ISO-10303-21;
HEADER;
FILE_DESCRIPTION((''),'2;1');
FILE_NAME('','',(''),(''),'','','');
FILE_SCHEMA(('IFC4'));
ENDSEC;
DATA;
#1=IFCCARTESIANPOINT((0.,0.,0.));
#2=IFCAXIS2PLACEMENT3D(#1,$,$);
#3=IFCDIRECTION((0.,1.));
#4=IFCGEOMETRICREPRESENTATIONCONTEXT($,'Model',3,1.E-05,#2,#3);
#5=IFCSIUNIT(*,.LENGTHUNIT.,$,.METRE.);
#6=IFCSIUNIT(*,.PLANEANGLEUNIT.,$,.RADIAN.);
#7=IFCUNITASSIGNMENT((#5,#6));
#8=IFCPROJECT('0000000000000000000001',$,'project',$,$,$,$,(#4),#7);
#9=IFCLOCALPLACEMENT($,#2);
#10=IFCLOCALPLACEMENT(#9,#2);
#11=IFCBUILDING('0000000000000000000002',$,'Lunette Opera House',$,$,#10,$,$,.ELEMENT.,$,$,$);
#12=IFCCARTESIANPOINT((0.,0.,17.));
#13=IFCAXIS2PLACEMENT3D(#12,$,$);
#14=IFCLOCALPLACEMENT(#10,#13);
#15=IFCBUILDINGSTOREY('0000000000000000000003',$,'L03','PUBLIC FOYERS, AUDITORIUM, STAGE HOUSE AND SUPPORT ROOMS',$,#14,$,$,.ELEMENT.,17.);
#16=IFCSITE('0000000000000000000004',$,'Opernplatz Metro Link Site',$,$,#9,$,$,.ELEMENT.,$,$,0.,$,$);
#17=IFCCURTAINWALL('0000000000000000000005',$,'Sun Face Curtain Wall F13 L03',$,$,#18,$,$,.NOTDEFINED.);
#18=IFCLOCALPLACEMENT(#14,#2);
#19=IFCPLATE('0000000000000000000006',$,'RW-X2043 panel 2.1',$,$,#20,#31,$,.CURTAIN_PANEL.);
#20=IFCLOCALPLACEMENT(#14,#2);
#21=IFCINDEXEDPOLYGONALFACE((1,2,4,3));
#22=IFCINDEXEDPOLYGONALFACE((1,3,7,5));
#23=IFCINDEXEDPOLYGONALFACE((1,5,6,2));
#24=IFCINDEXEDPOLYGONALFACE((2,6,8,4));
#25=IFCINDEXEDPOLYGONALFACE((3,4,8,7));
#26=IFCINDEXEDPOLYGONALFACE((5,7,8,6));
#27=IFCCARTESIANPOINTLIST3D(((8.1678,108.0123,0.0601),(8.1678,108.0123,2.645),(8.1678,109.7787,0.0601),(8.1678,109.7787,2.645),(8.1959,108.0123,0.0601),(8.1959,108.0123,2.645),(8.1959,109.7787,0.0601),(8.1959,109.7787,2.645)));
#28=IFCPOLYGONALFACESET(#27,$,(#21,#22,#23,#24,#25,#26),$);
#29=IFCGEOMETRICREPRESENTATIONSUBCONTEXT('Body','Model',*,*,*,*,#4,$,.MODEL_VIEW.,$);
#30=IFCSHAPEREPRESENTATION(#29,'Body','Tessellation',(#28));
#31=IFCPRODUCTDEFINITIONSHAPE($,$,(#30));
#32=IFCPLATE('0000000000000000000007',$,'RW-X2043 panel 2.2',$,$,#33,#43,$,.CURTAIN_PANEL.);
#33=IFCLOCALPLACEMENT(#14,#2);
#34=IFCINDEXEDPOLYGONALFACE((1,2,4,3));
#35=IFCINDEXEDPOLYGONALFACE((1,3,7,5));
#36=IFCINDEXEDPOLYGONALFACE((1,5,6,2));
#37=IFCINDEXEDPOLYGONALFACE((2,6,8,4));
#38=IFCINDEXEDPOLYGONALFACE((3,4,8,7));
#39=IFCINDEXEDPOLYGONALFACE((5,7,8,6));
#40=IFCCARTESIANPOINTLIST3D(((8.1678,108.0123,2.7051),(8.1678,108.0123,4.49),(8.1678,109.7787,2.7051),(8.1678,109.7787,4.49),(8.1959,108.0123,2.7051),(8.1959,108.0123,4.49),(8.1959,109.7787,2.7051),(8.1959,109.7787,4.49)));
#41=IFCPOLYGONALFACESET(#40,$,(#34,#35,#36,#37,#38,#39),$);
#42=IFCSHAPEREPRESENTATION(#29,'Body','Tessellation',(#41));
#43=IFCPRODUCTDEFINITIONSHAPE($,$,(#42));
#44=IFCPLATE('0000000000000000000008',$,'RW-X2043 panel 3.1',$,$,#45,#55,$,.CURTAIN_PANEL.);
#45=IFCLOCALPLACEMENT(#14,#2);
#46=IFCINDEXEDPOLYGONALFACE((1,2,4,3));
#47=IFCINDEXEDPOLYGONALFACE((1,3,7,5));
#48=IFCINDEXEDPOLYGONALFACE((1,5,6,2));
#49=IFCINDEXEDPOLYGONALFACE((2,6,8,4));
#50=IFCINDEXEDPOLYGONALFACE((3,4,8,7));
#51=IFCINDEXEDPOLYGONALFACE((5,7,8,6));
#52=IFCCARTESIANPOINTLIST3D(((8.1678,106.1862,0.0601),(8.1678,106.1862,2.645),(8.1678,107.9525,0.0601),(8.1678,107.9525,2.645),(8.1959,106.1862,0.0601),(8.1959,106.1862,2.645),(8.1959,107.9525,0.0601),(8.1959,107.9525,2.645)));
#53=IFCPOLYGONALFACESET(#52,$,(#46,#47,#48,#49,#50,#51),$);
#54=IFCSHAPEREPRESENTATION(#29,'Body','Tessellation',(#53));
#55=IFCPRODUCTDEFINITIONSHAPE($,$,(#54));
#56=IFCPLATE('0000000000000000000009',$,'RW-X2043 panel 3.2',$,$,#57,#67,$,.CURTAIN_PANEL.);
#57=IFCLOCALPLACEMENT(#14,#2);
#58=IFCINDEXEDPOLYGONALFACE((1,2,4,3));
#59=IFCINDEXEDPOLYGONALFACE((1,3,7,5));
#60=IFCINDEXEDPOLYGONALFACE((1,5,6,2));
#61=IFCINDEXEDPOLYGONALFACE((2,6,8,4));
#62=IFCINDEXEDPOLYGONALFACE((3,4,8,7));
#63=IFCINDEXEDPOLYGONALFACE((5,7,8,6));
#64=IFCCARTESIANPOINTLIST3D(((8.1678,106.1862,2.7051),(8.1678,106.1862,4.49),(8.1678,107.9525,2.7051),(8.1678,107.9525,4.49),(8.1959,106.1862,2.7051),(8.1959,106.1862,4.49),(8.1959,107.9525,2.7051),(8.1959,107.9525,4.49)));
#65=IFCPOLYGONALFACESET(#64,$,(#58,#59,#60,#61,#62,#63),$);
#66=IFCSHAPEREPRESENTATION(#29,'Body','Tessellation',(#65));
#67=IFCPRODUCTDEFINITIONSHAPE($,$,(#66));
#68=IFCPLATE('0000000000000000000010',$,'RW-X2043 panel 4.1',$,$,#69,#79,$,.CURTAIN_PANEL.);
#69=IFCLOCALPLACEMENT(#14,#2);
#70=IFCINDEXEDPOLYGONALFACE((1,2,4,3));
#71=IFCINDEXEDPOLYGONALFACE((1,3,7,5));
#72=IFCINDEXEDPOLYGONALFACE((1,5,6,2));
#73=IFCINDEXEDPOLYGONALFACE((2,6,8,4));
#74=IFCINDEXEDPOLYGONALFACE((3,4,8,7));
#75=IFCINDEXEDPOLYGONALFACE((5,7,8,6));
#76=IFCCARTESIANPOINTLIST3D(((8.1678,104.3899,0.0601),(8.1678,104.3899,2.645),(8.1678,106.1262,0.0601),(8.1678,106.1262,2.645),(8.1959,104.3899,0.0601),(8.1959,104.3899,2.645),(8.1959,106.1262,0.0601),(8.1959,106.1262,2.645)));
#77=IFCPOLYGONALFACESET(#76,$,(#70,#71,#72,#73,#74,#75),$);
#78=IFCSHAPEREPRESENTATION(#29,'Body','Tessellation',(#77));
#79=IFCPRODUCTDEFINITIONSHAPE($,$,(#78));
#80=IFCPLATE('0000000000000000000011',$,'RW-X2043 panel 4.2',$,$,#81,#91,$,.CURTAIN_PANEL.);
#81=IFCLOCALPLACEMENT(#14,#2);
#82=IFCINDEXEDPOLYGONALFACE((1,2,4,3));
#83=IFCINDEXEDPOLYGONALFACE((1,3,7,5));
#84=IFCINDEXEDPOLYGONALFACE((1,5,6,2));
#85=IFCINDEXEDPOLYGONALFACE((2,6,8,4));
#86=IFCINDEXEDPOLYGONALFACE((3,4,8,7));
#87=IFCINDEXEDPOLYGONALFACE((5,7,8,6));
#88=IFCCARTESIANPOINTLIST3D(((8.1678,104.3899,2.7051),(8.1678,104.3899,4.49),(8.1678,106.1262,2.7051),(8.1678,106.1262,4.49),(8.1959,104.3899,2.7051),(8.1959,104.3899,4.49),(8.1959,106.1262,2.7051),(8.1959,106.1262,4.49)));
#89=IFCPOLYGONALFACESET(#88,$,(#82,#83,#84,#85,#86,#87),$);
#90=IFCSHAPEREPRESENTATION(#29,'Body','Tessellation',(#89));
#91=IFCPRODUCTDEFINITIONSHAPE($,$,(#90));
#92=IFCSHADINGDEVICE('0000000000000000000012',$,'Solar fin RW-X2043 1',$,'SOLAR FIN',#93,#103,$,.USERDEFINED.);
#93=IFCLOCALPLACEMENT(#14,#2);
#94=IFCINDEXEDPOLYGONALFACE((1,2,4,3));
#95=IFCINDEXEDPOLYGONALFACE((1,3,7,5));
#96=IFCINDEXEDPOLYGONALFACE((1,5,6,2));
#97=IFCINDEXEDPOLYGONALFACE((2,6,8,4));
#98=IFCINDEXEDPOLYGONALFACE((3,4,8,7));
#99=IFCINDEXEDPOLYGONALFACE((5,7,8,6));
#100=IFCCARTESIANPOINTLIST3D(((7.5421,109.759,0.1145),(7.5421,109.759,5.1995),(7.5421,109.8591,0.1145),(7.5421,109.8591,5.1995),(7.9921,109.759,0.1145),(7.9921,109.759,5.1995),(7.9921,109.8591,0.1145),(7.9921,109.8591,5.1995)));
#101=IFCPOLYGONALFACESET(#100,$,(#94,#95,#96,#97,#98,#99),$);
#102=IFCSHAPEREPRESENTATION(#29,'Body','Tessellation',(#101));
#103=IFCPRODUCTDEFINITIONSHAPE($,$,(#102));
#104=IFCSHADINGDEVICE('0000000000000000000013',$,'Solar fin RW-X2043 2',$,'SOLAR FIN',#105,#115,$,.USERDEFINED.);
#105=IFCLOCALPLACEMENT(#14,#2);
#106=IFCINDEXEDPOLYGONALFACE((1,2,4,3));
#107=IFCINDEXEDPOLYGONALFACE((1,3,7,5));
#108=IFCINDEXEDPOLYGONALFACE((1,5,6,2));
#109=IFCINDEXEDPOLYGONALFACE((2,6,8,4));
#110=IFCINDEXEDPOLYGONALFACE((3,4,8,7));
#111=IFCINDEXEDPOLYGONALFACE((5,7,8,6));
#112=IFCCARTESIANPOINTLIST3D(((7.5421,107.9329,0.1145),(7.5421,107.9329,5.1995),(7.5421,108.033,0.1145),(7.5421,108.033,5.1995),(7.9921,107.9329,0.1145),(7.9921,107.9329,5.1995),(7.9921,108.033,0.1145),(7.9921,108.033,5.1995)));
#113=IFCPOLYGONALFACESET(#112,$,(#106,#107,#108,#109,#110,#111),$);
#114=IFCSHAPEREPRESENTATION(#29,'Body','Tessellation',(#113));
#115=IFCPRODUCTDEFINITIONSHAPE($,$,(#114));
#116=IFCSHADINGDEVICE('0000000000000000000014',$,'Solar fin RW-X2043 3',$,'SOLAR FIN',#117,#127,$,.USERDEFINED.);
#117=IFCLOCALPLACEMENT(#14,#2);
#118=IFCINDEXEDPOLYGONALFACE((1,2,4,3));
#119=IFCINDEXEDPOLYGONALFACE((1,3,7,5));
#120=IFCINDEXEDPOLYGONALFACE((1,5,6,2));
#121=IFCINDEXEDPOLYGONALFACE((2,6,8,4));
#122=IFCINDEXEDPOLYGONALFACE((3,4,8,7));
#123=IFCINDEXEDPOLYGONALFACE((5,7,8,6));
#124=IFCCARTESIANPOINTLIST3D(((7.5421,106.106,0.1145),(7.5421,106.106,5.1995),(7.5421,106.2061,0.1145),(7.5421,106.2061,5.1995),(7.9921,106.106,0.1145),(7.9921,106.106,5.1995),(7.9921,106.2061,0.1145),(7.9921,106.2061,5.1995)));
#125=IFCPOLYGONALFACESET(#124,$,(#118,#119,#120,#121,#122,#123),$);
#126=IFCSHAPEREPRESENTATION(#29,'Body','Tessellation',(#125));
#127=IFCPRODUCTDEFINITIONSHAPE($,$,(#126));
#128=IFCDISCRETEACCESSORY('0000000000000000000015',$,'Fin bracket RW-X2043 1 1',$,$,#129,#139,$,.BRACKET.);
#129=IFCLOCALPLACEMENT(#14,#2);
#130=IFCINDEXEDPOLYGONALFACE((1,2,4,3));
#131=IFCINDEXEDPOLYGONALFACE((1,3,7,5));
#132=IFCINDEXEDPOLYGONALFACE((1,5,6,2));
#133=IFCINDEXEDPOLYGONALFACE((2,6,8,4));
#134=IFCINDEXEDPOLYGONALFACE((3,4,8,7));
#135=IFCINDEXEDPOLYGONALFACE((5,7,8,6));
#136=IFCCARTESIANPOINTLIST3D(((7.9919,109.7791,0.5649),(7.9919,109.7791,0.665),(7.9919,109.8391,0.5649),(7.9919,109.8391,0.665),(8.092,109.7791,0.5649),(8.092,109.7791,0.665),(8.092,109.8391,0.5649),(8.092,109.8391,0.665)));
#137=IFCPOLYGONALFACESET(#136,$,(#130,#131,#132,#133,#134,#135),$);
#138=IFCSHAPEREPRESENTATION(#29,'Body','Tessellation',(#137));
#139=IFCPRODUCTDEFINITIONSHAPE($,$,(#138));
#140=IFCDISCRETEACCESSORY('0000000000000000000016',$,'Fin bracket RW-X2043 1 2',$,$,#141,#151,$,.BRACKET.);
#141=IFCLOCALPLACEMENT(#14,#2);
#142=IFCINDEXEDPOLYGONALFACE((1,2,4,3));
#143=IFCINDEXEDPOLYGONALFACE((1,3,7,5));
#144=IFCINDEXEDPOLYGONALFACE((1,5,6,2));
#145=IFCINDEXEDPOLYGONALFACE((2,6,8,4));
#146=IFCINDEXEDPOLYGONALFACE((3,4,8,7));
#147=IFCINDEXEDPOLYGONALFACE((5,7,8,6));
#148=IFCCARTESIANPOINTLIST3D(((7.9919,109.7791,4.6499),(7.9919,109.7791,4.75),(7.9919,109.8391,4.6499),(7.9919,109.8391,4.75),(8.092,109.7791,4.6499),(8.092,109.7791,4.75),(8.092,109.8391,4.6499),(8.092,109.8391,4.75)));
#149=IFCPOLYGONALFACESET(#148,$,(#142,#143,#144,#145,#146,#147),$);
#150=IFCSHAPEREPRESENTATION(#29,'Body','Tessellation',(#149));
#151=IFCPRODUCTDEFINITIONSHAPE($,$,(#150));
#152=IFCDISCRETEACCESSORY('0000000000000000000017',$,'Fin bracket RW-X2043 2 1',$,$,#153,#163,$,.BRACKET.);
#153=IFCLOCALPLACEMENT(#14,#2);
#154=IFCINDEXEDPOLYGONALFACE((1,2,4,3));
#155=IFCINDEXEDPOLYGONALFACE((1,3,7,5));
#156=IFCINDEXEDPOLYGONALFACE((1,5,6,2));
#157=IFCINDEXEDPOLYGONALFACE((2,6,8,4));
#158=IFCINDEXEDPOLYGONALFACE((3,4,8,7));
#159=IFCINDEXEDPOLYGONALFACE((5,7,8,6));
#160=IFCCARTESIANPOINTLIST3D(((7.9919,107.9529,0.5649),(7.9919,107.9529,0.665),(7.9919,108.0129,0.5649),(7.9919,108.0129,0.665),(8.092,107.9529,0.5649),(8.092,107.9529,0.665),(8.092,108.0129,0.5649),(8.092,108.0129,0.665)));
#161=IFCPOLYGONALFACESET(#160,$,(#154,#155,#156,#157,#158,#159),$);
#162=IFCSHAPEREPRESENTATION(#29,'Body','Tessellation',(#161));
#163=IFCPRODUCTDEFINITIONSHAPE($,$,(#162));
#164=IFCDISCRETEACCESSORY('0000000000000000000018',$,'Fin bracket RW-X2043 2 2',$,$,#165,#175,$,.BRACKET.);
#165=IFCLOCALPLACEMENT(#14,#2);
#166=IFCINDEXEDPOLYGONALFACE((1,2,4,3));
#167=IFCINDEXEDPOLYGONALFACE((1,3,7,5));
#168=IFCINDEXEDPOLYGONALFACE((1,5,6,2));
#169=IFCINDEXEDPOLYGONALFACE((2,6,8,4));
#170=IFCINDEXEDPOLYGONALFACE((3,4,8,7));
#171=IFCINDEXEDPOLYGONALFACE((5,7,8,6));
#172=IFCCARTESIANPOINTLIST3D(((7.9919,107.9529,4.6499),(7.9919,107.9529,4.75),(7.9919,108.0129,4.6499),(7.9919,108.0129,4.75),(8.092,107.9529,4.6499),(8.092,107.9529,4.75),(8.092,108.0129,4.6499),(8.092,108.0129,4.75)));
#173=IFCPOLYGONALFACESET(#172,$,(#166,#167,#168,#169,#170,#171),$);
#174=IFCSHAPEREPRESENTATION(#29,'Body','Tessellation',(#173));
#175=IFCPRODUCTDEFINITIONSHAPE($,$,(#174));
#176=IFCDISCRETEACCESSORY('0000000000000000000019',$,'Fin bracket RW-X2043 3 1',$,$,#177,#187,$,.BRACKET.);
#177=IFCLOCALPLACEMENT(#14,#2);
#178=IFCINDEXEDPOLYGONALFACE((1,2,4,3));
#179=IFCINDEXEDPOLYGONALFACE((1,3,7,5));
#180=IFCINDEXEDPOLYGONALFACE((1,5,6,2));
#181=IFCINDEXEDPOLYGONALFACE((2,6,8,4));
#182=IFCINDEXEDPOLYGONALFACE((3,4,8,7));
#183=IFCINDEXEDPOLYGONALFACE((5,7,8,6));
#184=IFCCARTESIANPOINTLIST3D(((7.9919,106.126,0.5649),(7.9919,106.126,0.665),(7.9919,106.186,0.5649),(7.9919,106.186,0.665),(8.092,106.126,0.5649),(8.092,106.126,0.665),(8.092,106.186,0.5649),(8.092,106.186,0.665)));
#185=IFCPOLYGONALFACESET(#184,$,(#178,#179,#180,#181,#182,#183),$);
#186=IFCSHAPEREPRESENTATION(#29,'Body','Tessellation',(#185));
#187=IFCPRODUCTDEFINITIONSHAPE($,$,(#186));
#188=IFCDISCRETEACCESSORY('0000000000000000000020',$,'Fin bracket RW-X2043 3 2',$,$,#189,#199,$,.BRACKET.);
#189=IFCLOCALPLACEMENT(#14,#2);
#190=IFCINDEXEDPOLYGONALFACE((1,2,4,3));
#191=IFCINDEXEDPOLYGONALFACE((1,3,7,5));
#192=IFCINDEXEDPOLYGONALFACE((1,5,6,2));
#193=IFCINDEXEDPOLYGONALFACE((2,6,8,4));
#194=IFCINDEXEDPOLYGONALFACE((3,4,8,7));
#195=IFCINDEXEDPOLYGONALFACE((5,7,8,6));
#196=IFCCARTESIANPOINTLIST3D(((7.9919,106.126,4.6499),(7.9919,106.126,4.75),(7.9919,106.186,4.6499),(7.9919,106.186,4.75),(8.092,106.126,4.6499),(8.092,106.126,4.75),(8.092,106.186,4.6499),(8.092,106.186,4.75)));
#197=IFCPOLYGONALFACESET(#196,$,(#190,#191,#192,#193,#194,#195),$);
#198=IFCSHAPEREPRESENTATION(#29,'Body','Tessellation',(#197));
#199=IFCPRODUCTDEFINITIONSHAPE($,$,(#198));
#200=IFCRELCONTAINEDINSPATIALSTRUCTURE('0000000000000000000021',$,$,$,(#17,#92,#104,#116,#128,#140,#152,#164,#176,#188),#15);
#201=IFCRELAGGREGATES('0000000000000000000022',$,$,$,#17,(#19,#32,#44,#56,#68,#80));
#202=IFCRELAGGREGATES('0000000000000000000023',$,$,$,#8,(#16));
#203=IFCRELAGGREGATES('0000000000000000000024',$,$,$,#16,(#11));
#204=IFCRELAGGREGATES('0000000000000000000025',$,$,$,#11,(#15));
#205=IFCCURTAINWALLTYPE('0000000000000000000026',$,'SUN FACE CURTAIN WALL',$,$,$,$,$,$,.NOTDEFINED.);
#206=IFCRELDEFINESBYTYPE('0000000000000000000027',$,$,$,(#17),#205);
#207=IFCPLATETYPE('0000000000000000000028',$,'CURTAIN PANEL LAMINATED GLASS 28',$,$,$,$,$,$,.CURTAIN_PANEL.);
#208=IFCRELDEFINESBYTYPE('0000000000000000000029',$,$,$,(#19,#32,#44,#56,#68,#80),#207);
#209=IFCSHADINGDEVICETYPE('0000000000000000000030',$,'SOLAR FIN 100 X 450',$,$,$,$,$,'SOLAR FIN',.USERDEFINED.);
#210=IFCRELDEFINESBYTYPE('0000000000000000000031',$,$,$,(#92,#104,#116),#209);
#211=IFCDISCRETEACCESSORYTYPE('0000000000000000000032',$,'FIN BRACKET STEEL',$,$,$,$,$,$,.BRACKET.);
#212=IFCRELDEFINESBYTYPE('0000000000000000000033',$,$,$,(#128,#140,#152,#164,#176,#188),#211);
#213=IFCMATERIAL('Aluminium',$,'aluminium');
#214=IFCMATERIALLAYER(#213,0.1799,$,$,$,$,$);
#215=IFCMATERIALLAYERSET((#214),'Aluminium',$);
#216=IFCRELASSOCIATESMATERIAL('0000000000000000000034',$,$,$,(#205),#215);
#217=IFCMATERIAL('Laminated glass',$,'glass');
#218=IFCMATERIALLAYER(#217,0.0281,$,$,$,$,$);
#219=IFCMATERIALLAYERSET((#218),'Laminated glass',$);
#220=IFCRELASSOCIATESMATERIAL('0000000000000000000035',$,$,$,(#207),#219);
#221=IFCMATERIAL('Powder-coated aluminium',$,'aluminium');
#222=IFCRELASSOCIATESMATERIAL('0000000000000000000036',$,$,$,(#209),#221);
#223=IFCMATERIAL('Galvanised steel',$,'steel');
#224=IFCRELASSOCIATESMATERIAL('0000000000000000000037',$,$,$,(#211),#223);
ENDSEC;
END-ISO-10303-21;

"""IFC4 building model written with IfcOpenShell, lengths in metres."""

from ifc_helpers import new_model, si_unit, direction, frame, origin, origin_2d, place, context, subcontext, project, spatial, rectangle, extrude, material, layer, layer_set, type_object, element, aggregate, save


model = new_model("IFC4")

# Units and contexts
model_context = context("Model", 3, precision=1e-05, world=origin(), true_north=direction((0.0, 1.0)))
body_context = subcontext(model_context, "Body", "Model", "MODEL_VIEW")
ifc_project = project(units=[si_unit("LENGTHUNIT", "METRE"), si_unit("PLANEANGLEUNIT", "RADIAN")], contexts=[model_context])

# Site, building, storey
site_placement = place(None, origin())
site = spatial("IfcSite", under=ifc_project, at=site_placement, Name="Opernplatz Metro Link Site", CompositionType="ELEMENT", RefElevation=0.0)
building_placement = place(site_placement, origin())
building = spatial("IfcBuilding", under=site, at=building_placement, Name="Lunette Opera House", CompositionType="ELEMENT")
storey_placement = place(building_placement, frame((0.0, 0.0, 17.0)))
storey = spatial("IfcBuildingStorey", under=building, at=storey_placement, Name="L03", Description="PUBLIC FOYERS, AUDITORIUM, STAGE HOUSE AND SUPPORT ROOMS", CompositionType="ELEMENT", Elevation=17.0)

# Curtain wall, plates
ifc_material_1 = material(Name="Aluminium", Category="aluminium")
ifc_layer_1 = layer(ifc_material_1, 0.1799)
ifc_layer_set_1 = layer_set([ifc_layer_1], Name="Aluminium")
curtain_wall_type = type_object("IfcCurtainWallType", Name="SUN FACE CURTAIN WALL", PredefinedType="NOTDEFINED", material=ifc_layer_set_1)
curtain_wall_placement = place(storey_placement, origin())
curtain_wall = element("IfcCurtainWall", 1, at=curtain_wall_placement, inside=storey, type_object=curtain_wall_type, Name="Sun Face Curtain Wall F13 L03", PredefinedType="NOTDEFINED")
ifc_material_2 = material(Name="Laminated glass", Category="glass")
ifc_layer_2 = layer(ifc_material_2, 0.0281)
ifc_layer_set_2 = layer_set([ifc_layer_2], Name="Laminated glass")
plate_type = type_object("IfcPlateType", Name="CURTAIN PANEL LAMINATED GLASS 28", PredefinedType="CURTAIN_PANEL", material=ifc_layer_set_2)
plate_1_placement = place(storey_placement, frame((8.1819, 108.8955, 0.0601), z_axis=(0.0, 0.0, 1.0), x_axis=(0.0, -1.0, 0.0)))
plate_1 = element("IfcPlate", 2, at=plate_1_placement, type_object=plate_type, Name="RW-X2043 panel 2.1", PredefinedType="CURTAIN_PANEL", context=body_context, shape_type="SweptSolid", body=[
    extrude(rectangle(XDim=1.7664, YDim=0.0281, at=origin_2d()), origin(), (0.0, 0.0, 1.0), 2.585),
])
plate_2_placement = place(storey_placement, frame((8.1819, 108.8955, 2.7051), z_axis=(0.0, 0.0, 1.0), x_axis=(0.0, -1.0, 0.0)))
plate_2 = element("IfcPlate", 3, at=plate_2_placement, type_object=plate_type, Name="RW-X2043 panel 2.2", PredefinedType="CURTAIN_PANEL", context=body_context, shape_type="SweptSolid", body=[
    extrude(rectangle(XDim=1.7664, YDim=0.0281, at=origin_2d()), origin(), (0.0, 0.0, 1.0), 1.7849),
])
plate_3_placement = place(storey_placement, frame((8.1819, 107.0693, 0.0601), z_axis=(0.0, 0.0, 1.0), x_axis=(0.0, -1.0, 0.0)))
plate_3 = element("IfcPlate", 4, at=plate_3_placement, type_object=plate_type, Name="RW-X2043 panel 3.1", PredefinedType="CURTAIN_PANEL", context=body_context, shape_type="SweptSolid", body=[
    extrude(rectangle(XDim=1.7664, YDim=0.0281, at=origin_2d()), origin(), (0.0, 0.0, 1.0), 2.585),
])
plate_4_placement = place(storey_placement, frame((8.1819, 107.0693, 2.7051), z_axis=(0.0, 0.0, 1.0), x_axis=(0.0, -1.0, 0.0)))
plate_4 = element("IfcPlate", 5, at=plate_4_placement, type_object=plate_type, Name="RW-X2043 panel 3.2", PredefinedType="CURTAIN_PANEL", context=body_context, shape_type="SweptSolid", body=[
    extrude(rectangle(XDim=1.7664, YDim=0.0281, at=origin_2d()), origin(), (0.0, 0.0, 1.0), 1.7849),
])
plate_5_placement = place(storey_placement, frame((8.1819, 105.2581, 0.0601), z_axis=(0.0, 0.0, 1.0), x_axis=(0.0, -1.0, 0.0)))
plate_5 = element("IfcPlate", 6, at=plate_5_placement, type_object=plate_type, Name="RW-X2043 panel 4.1", PredefinedType="CURTAIN_PANEL", context=body_context, shape_type="SweptSolid", body=[
    extrude(rectangle(XDim=1.7363, YDim=0.0281, at=origin_2d()), origin(), (0.0, 0.0, 1.0), 2.585),
])
plate_6_placement = place(storey_placement, frame((8.1819, 105.2581, 2.7051), z_axis=(0.0, 0.0, 1.0), x_axis=(0.0, -1.0, 0.0)))
plate_6 = element("IfcPlate", 7, at=plate_6_placement, type_object=plate_type, Name="RW-X2043 panel 4.2", PredefinedType="CURTAIN_PANEL", context=body_context, shape_type="SweptSolid", body=[
    extrude(rectangle(XDim=1.7363, YDim=0.0281, at=origin_2d()), origin(), (0.0, 0.0, 1.0), 1.7849),
])
aggregate(curtain_wall, [plate_1, plate_2, plate_3, plate_4, plate_5, plate_6])

# Shading devices
ifc_material_3 = material(Name="Powder-coated aluminium", Category="aluminium")
shading_device_type = type_object("IfcShadingDeviceType", Name="SOLAR FIN 100 X 450", ElementType="SOLAR FIN", PredefinedType="USERDEFINED", material=ifc_material_3)
for number, where, z_axis, x_axis, name in (
    (8, (7.7671, 109.8091, 0.1145), (0.0, 0.0, 1.0), (-1.0, 0.0, 0.0), "Solar fin RW-X2043 1"),
    (9, (7.7671, 107.9829, 0.1145), (0.0, 0.0, 1.0), (-1.0, 0.0, 0.0), "Solar fin RW-X2043 2"),
    (10, (7.7671, 106.156, 0.1145), (0.0, 0.0, 1.0), (-1.0, 0.0, 0.0), "Solar fin RW-X2043 3"),
):
    element("IfcShadingDevice", number, at=place(storey_placement, frame(where, z_axis=z_axis, x_axis=x_axis)), inside=storey, type_object=shading_device_type, Name=name, ObjectType="SOLAR FIN", PredefinedType="USERDEFINED", context=body_context, shape_type="SweptSolid", body=[
        extrude(rectangle(XDim=0.45, YDim=0.1001, at=origin_2d()), origin(), (0.0, 0.0, 1.0), 5.085),
    ])

# Discrete accessories
ifc_material_4 = material(Name="Galvanised steel", Category="steel")
discrete_accessory_type = type_object("IfcDiscreteAccessoryType", Name="FIN BRACKET STEEL", PredefinedType="BRACKET", material=ifc_material_4)
for number, where, z_axis, x_axis, name in (
    (11, (8.042, 109.8091, 0.5649), (0.0, 0.0, 1.0), (-1.0, 0.0, 0.0), "Fin bracket RW-X2043 1 1"),
    (12, (8.042, 109.8091, 4.6499), (0.0, 0.0, 1.0), (-1.0, 0.0, 0.0), "Fin bracket RW-X2043 1 2"),
    (13, (8.042, 107.9829, 0.5649), (0.0, 0.0, 1.0), (-1.0, 0.0, 0.0), "Fin bracket RW-X2043 2 1"),
    (14, (8.042, 107.9829, 4.6499), (0.0, 0.0, 1.0), (-1.0, 0.0, 0.0), "Fin bracket RW-X2043 2 2"),
    (15, (8.042, 106.156, 0.5649), (0.0, 0.0, 1.0), (-1.0, 0.0, 0.0), "Fin bracket RW-X2043 3 1"),
    (16, (8.042, 106.156, 4.6499), (0.0, 0.0, 1.0), (-1.0, 0.0, 0.0), "Fin bracket RW-X2043 3 2"),
):
    element("IfcDiscreteAccessory", number, at=place(storey_placement, frame(where, z_axis=z_axis, x_axis=x_axis)), inside=storey, type_object=discrete_accessory_type, Name=name, PredefinedType="BRACKET", context=body_context, shape_type="SweptSolid", body=[
        extrude(rectangle(XDim=0.1001, YDim=0.0601, at=origin_2d()), origin(), (0.0, 0.0, 1.0), 0.1001),
    ])

save(model, "model.ifc")
